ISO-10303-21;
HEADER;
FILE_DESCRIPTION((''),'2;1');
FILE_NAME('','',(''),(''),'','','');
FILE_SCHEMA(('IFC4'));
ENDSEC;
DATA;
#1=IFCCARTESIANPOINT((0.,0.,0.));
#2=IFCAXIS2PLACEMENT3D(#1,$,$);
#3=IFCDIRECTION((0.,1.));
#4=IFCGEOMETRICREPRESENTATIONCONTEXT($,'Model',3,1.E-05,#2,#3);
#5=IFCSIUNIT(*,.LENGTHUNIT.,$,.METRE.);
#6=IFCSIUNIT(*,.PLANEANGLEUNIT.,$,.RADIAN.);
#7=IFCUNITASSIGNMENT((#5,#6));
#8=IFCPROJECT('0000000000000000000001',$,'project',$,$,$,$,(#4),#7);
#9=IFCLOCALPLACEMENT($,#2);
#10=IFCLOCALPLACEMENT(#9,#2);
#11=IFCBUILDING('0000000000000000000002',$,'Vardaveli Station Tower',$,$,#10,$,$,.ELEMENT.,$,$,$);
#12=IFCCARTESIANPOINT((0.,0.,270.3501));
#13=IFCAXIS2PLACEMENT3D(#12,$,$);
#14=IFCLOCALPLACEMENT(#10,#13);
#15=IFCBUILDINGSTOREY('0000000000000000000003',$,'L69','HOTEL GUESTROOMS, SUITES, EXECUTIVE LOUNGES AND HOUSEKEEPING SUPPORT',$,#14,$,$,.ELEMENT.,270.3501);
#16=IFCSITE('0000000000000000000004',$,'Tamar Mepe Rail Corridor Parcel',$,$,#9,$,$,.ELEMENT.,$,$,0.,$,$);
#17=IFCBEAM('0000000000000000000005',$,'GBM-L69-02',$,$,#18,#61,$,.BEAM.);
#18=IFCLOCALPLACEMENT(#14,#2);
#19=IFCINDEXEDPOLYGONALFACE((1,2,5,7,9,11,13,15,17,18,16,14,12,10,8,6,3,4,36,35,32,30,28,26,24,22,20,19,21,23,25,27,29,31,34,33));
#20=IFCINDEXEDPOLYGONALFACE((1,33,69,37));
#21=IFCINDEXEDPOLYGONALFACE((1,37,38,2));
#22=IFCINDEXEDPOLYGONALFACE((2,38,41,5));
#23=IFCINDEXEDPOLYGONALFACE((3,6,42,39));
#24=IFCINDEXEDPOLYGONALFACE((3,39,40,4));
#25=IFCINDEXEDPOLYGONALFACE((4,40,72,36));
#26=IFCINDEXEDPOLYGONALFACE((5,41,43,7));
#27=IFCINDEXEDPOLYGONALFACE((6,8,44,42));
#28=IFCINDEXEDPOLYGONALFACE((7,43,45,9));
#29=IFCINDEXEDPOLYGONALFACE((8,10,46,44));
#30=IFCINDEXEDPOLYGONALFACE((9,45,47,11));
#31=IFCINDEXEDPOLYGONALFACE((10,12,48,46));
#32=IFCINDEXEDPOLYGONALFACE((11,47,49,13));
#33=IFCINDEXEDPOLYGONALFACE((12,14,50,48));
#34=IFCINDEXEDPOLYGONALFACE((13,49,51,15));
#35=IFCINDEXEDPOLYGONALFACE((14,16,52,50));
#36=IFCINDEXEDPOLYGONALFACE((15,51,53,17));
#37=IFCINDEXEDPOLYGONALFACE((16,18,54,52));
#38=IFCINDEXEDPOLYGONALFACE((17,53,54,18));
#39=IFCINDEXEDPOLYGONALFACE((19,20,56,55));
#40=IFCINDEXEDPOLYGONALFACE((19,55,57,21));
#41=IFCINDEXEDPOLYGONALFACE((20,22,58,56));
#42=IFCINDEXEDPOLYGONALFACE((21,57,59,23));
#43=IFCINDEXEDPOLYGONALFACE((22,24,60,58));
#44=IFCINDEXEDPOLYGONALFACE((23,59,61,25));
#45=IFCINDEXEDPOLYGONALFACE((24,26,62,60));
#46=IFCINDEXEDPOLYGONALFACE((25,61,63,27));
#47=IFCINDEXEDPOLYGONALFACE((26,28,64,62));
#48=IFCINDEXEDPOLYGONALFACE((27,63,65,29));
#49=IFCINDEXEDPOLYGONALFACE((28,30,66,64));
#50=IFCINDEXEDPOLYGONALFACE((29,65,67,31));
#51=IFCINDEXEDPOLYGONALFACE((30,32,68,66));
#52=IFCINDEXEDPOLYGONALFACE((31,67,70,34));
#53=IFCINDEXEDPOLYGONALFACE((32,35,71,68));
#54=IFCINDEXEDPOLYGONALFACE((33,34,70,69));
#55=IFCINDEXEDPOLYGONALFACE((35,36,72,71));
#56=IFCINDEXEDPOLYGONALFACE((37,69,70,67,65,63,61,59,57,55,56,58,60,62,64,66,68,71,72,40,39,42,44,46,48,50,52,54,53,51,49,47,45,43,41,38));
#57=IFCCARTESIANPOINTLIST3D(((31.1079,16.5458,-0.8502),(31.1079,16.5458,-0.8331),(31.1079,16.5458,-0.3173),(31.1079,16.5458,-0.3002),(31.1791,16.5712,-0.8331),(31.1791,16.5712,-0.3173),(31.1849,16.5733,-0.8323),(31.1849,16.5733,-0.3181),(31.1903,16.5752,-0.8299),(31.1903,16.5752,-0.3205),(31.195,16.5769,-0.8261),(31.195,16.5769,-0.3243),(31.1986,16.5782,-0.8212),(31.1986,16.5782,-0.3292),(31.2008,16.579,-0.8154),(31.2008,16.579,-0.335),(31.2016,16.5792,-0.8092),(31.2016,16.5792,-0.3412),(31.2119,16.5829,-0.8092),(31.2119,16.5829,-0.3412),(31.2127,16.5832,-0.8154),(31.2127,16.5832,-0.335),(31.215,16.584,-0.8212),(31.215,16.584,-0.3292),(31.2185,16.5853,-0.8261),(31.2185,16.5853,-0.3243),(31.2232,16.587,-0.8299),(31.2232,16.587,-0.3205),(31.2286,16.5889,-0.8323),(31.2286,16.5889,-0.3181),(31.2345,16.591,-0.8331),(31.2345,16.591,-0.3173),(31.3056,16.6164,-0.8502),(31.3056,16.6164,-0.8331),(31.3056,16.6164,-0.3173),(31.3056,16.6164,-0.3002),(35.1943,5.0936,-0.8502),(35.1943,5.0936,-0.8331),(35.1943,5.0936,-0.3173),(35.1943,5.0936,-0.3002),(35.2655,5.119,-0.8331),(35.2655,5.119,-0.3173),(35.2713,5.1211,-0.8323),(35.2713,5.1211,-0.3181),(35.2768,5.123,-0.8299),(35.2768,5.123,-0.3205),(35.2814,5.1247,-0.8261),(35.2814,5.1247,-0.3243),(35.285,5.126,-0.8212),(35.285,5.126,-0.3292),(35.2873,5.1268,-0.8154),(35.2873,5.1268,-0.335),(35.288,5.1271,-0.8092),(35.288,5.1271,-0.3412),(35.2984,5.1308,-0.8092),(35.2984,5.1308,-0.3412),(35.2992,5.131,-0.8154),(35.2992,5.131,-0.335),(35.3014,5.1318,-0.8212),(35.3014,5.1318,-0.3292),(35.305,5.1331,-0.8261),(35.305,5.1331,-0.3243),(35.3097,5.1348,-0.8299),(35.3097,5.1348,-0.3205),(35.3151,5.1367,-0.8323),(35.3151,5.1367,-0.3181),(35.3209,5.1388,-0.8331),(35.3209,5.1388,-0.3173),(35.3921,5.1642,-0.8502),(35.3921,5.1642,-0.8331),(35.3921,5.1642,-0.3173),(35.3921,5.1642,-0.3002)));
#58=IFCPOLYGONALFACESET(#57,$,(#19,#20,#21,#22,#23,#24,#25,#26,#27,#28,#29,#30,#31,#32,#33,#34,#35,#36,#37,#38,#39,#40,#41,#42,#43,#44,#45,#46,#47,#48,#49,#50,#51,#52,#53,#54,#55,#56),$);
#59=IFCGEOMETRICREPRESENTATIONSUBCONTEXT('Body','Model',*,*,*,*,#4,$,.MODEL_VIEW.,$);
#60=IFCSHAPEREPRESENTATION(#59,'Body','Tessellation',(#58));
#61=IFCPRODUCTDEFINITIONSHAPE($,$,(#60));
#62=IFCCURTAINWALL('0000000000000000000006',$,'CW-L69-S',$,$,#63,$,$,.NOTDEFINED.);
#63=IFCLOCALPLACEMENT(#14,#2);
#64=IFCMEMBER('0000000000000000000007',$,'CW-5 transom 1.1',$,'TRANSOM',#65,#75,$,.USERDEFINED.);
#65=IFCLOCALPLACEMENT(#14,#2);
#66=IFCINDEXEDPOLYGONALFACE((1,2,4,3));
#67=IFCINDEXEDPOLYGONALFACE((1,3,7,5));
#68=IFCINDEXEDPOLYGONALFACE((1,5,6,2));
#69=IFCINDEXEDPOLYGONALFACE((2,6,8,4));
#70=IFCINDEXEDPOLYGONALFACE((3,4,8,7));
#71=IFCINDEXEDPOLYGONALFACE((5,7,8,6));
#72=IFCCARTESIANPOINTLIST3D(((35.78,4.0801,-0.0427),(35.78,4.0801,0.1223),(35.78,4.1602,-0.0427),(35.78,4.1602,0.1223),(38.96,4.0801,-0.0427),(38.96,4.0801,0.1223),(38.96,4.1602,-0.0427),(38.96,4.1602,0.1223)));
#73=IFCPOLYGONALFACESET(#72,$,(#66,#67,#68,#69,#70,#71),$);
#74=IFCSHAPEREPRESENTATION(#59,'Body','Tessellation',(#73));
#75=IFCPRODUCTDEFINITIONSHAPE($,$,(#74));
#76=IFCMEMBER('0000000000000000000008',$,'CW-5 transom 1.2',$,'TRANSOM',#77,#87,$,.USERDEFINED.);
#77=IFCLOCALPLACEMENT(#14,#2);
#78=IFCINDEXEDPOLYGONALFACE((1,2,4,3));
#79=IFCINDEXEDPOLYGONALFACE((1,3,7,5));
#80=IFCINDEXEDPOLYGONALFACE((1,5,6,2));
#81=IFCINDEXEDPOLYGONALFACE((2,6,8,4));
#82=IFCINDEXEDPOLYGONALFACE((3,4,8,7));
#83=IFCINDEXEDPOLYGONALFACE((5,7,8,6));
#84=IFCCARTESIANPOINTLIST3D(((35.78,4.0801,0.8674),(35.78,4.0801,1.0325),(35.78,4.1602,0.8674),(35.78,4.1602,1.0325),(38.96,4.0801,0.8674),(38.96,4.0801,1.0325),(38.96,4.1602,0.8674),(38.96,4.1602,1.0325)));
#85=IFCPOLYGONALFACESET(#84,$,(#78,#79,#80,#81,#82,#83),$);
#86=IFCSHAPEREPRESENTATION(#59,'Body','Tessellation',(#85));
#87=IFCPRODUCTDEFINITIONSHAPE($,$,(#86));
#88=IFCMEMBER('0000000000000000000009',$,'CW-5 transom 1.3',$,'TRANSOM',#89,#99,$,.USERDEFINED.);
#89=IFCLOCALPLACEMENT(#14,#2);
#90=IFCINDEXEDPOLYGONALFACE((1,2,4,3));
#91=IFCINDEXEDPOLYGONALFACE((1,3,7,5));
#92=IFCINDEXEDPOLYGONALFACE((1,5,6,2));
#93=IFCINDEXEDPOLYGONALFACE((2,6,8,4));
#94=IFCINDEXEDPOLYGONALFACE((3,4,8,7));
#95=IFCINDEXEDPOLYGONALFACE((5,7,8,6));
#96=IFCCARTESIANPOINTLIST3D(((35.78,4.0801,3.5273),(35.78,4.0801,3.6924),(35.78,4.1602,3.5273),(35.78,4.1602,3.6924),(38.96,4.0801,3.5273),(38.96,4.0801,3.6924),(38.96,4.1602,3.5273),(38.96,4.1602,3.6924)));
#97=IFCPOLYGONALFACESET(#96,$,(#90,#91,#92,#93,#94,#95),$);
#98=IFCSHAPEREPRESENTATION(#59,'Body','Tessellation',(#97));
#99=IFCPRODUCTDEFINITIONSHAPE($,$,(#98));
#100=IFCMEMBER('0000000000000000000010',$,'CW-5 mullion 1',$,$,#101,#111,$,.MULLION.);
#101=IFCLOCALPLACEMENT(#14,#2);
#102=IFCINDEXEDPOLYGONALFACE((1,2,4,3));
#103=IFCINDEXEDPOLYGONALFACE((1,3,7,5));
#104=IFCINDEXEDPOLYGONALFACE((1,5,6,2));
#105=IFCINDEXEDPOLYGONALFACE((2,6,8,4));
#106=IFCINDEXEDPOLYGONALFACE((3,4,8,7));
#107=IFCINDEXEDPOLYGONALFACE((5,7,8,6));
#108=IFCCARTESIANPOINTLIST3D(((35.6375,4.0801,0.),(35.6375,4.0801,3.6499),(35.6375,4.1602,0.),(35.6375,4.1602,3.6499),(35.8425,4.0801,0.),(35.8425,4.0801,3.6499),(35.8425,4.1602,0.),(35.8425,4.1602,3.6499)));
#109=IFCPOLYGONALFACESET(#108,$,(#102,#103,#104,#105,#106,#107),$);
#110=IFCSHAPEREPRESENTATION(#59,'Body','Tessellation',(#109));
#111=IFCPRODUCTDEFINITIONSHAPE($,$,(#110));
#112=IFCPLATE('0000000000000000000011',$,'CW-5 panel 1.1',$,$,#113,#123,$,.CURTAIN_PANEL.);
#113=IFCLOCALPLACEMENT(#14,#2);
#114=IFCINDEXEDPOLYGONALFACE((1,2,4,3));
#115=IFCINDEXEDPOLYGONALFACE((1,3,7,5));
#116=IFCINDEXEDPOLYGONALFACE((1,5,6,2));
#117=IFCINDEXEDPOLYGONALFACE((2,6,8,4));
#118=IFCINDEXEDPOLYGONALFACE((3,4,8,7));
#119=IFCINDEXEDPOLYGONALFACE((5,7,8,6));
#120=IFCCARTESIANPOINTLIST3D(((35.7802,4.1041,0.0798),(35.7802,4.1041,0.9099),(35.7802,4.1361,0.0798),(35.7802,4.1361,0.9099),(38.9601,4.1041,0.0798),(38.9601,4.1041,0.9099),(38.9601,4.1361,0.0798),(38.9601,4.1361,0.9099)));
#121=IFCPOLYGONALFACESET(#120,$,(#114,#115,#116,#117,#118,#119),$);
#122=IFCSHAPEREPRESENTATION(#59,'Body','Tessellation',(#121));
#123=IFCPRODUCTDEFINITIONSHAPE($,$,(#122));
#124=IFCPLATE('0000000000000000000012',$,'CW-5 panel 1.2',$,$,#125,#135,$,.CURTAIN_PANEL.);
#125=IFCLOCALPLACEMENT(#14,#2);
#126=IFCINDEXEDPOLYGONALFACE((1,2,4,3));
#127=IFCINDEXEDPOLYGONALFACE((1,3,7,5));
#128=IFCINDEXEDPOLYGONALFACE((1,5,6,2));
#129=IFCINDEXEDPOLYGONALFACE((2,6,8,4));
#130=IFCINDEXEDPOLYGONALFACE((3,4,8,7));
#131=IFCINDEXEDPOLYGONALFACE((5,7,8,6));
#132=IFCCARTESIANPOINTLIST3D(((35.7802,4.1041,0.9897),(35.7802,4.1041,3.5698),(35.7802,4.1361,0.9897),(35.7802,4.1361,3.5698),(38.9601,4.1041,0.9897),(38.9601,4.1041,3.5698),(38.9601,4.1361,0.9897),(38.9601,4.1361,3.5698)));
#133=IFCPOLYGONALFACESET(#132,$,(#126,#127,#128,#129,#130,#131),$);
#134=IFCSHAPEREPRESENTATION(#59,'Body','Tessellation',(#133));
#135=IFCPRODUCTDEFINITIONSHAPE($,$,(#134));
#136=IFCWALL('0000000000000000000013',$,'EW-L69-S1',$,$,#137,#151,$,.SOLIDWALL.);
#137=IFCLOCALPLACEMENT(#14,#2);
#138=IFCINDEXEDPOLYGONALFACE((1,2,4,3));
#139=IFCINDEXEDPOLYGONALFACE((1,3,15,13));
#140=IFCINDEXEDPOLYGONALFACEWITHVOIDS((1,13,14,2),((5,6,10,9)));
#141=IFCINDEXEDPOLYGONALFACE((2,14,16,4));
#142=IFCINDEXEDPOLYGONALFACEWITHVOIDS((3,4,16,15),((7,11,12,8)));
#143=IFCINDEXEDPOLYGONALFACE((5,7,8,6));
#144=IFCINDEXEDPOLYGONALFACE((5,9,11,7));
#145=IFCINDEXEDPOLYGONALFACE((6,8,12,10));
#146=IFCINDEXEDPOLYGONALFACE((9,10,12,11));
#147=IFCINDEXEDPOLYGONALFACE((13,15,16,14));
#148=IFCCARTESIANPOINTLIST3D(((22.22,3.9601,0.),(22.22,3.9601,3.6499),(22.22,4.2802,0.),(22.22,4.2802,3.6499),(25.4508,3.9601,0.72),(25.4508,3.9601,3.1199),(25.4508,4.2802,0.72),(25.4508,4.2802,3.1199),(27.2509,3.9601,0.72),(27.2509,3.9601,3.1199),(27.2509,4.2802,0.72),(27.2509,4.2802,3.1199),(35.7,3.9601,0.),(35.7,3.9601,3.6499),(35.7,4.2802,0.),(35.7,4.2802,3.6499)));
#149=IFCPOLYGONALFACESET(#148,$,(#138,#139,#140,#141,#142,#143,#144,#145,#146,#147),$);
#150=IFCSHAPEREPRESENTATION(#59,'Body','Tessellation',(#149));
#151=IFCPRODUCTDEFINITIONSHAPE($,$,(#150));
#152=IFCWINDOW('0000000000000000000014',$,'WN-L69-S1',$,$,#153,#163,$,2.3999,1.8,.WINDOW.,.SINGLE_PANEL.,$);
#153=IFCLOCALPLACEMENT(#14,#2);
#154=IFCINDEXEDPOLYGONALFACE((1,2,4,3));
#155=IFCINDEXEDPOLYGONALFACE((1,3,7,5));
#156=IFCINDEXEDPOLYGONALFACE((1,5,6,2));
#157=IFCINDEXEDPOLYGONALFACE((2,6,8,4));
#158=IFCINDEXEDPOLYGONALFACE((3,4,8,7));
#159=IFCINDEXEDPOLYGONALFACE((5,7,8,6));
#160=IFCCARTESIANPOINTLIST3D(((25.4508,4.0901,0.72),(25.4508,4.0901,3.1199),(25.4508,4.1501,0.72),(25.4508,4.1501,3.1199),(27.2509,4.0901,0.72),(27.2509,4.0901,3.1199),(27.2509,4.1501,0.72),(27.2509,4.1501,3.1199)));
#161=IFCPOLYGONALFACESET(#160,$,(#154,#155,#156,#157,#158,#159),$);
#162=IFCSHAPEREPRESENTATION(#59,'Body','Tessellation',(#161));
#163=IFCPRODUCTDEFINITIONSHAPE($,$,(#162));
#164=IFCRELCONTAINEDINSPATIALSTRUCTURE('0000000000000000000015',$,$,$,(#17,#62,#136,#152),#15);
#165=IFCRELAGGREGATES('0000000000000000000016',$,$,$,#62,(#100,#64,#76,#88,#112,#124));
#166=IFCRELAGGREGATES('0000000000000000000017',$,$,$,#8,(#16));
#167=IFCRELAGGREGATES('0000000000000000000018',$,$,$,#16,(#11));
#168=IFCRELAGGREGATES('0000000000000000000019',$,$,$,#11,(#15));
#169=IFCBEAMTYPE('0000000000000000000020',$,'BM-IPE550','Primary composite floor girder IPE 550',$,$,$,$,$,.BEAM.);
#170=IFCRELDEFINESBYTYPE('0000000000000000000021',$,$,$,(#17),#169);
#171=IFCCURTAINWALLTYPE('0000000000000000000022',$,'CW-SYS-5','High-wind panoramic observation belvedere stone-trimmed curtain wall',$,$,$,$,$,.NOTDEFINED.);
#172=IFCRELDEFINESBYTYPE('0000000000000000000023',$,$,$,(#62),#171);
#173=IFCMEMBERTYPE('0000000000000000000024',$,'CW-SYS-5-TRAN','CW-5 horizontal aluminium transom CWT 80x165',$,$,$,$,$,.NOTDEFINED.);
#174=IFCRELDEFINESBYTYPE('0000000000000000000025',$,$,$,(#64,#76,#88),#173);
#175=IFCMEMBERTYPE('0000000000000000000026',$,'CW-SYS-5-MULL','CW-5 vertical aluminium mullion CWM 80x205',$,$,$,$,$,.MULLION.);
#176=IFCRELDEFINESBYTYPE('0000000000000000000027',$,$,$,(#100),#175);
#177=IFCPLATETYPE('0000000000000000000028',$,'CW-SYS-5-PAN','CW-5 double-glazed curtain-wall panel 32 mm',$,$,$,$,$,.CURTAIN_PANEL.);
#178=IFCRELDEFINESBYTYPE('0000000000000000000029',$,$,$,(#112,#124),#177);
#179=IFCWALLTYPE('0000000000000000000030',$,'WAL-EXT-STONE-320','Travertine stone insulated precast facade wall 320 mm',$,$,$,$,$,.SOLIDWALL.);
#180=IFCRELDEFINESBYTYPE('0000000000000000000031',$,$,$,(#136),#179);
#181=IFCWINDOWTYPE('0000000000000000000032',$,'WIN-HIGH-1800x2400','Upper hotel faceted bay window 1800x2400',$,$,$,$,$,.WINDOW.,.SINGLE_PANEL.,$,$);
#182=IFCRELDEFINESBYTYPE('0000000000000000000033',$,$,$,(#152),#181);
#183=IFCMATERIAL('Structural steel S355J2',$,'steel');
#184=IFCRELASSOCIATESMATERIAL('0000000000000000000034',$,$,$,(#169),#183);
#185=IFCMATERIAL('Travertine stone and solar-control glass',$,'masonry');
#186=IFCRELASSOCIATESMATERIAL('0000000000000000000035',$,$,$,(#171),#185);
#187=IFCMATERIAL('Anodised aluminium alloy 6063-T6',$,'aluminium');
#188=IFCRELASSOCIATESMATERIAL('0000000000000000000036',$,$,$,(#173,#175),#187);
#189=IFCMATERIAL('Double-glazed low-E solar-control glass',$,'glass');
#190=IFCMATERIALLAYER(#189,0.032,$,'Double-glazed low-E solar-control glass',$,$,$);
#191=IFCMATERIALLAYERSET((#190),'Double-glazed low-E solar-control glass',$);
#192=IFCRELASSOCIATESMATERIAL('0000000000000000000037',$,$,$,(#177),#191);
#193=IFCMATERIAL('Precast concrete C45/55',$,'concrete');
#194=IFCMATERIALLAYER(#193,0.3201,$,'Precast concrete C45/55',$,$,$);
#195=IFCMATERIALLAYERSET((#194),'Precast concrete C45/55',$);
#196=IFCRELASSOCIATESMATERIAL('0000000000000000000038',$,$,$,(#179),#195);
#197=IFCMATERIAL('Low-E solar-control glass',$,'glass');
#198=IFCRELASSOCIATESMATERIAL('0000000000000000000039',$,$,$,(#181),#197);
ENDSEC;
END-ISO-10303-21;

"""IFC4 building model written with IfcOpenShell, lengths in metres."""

from ifc_helpers import new_model, si_unit, direction, frame, frame_2d, origin, origin_2d, place, context, subcontext, project, spatial, rectangle, i_section, extrude, source, transform, mapped, material, layer, layer_set, material_profile, profile_set, type_object, element, fill, aggregate, save


model = new_model("IFC4")

# Units and contexts
model_context = context("Model", 3, precision=1e-05, world=origin(), true_north=direction((0.0, 1.0)))
body_context = subcontext(model_context, "Body", "Model", "MODEL_VIEW")
ifc_project = project(units=[si_unit("LENGTHUNIT", "METRE"), si_unit("PLANEANGLEUNIT", "RADIAN")], contexts=[model_context])

# Site, building, storey
site_placement = place(None, origin())
site = spatial("IfcSite", under=ifc_project, at=site_placement, Name="Tamar Mepe Rail Corridor Parcel", CompositionType="ELEMENT", RefElevation=0.0)
building_placement = place(site_placement, origin())
building = spatial("IfcBuilding", under=site, at=building_placement, Name="Vardaveli Station Tower", CompositionType="ELEMENT")
storey_placement = place(building_placement, frame((0.0, 0.0, 270.3501)))
storey = spatial("IfcBuildingStorey", under=building, at=storey_placement, Name="L69", Description="HOTEL GUESTROOMS, SUITES, EXECUTIVE LOUNGES AND HOUSEKEEPING SUPPORT", CompositionType="ELEMENT", Elevation=270.3501)

# Beam
ifc_material_1 = material(Name="Precast concrete C45/55", Category="concrete")
ifc_material_2 = material(Name="Structural steel S355J2", Category="steel")
ifc_material_profile_1 = material_profile(ifc_material_2, i_section(OverallWidth=0.21, OverallDepth=0.55, WebThickness=0.011, FlangeThickness=0.0171, FilletRadius=0.0239, at=origin_2d()), Name="IPE 550")
ifc_profile_set_1 = profile_set([ifc_material_profile_1], Name="Structural steel S355J2")
beam_type_1 = type_object("IfcBeamType", Name="BM-IPE550", Description="Primary composite floor girder IPE 550", PredefinedType="BEAM", material=ifc_profile_set_1)
shared_shape_1 = source(origin(), body_context, "Body", "SweptSolid", [
    extrude(i_section(OverallWidth=0.21, OverallDepth=0.55, WebThickness=0.011, FlangeThickness=0.0171, FilletRadius=0.0239, at=origin_2d()), origin(), (0.0, 0.0, 1.0), 12.1594),
])
beam_1_placement = place(storey_placement, frame((35.2932, 5.1289, -0.5752), z_axis=(-0.336072, 0.941836, 0.0), x_axis=(-0.941836, -0.336072, 0.0)))
element("IfcBeam", 1, at=beam_1_placement, inside=storey, type_object=beam_type_1, Name="GBM-L69-02", PredefinedType="BEAM", context=body_context, shape_type="MappedRepresentation", body=[
    mapped(shared_shape_1, transform((0.0, 0.0, 0.0), scale=1.0)),
])

# Curtain wall, members, plates
ifc_material_3 = material(Name="Travertine stone and solar-control glass", Category="masonry")
curtain_wall_type = type_object("IfcCurtainWallType", Name="CW-SYS-5", Description="High-wind panoramic observation belvedere stone-trimmed curtain wall", PredefinedType="NOTDEFINED", material=ifc_material_3)
curtain_wall_placement = place(storey_placement, origin())
curtain_wall = element("IfcCurtainWall", 2, at=curtain_wall_placement, inside=storey, type_object=curtain_wall_type, Name="CW-L69-S", PredefinedType="NOTDEFINED")
ifc_material_4 = material(Name="Anodised aluminium alloy 6063-T6", Category="aluminium")
ifc_material_profile_2 = material_profile(ifc_material_4, rectangle(XDim=0.0801, YDim=0.165, at=origin_2d()), Name="CWT 80x165")
ifc_profile_set_2 = profile_set([ifc_material_profile_2], Name="Anodised aluminium alloy 6063-T6")
member_type_1 = type_object("IfcMemberType", Name="CW-SYS-5-TRAN", Description="CW-5 horizontal aluminium transom CWT 80x165", PredefinedType="NOTDEFINED", material=ifc_profile_set_2)
shared_shape_2 = source(origin(), body_context, "Body", "SweptSolid", [
    extrude(rectangle(XDim=0.0801, YDim=0.165, at=origin_2d()), origin(), (0.0, 0.0, 1.0), 3.1799),
])
member_1_placement = place(storey_placement, frame((35.78, 4.1201, 0.0398), z_axis=(1.0, 0.0, 0.0), x_axis=(0.0, 1.0, 0.0)))
member_1 = element("IfcMember", 3, at=member_1_placement, type_object=member_type_1, Name="CW-5 transom 1.1", ObjectType="TRANSOM", PredefinedType="USERDEFINED", context=body_context, shape_type="MappedRepresentation", body=[
    mapped(shared_shape_2, transform((0.0, 0.0, 0.0), scale=1.0)),
])
member_2_placement = place(storey_placement, frame((35.78, 4.1201, 0.95), z_axis=(1.0, 0.0, 0.0), x_axis=(0.0, 1.0, 0.0)))
member_2 = element("IfcMember", 4, at=member_2_placement, type_object=member_type_1, Name="CW-5 transom 1.2", ObjectType="TRANSOM", PredefinedType="USERDEFINED", context=body_context, shape_type="MappedRepresentation", body=[
    mapped(shared_shape_2, transform((0.0, 0.0, 0.0), scale=1.0)),
])
member_3_placement = place(storey_placement, frame((35.78, 4.1201, 3.6099), z_axis=(1.0, 0.0, 0.0), x_axis=(0.0, 1.0, 0.0)))
member_3 = element("IfcMember", 5, at=member_3_placement, type_object=member_type_1, Name="CW-5 transom 1.3", ObjectType="TRANSOM", PredefinedType="USERDEFINED", context=body_context, shape_type="MappedRepresentation", body=[
    mapped(shared_shape_2, transform((0.0, 0.0, 0.0), scale=1.0)),
])
ifc_material_profile_3 = material_profile(ifc_material_4, rectangle(XDim=0.0801, YDim=0.2051, at=origin_2d()), Name="CWM 80x205")
ifc_profile_set_3 = profile_set([ifc_material_profile_3], Name="Anodised aluminium alloy 6063-T6")
member_type_2 = type_object("IfcMemberType", Name="CW-SYS-5-MULL", Description="CW-5 vertical aluminium mullion CWM 80x205", PredefinedType="MULLION", material=ifc_profile_set_3)
shared_shape_3 = source(origin(), body_context, "Body", "SweptSolid", [
    extrude(rectangle(XDim=0.0801, YDim=0.2051, at=origin_2d()), origin(), (0.0, 0.0, 1.0), 3.6499),
])
member_4_placement = place(storey_placement, frame((35.74, 4.1201, 0.0), z_axis=(0.0, 0.0, 1.0), x_axis=(0.0, 1.0, 0.0)))
member_4 = element("IfcMember", 6, at=member_4_placement, type_object=member_type_2, Name="CW-5 mullion 1", PredefinedType="MULLION", context=body_context, shape_type="MappedRepresentation", body=[
    mapped(shared_shape_3, transform((0.0, 0.0, 0.0), scale=1.0)),
])
ifc_material_5 = material(Name="Double-glazed low-E solar-control glass", Category="glass")
ifc_layer_1 = layer(ifc_material_5, 0.032, Name="Double-glazed low-E solar-control glass")
ifc_layer_set_1 = layer_set([ifc_layer_1], Name="Double-glazed low-E solar-control glass")
plate_type = type_object("IfcPlateType", Name="CW-SYS-5-PAN", Description="CW-5 double-glazed curtain-wall panel 32 mm", PredefinedType="CURTAIN_PANEL", material=ifc_layer_set_1)
shared_shape_4 = source(origin(), body_context, "Body", "SweptSolid", [
    extrude(rectangle(XDim=3.1799, YDim=0.032, at=origin_2d()), origin(), (0.0, 0.0, 1.0), 0.8301),
])
plate_1_placement = place(storey_placement, frame((37.3701, 4.1201, 0.0798), z_axis=(0.0, 0.0, 1.0), x_axis=(1.0, 0.0, 0.0)))
plate_1 = element("IfcPlate", 7, at=plate_1_placement, type_object=plate_type, Name="CW-5 panel 1.1", PredefinedType="CURTAIN_PANEL", context=body_context, shape_type="MappedRepresentation", body=[
    mapped(shared_shape_4, transform((0.0, 0.0, 0.0), scale=1.0)),
])
shared_shape_5 = source(origin(), body_context, "Body", "SweptSolid", [
    extrude(rectangle(XDim=3.1799, YDim=0.032, at=origin_2d()), origin(), (0.0, 0.0, 1.0), 2.5801),
])
plate_2_placement = place(storey_placement, frame((37.3701, 4.1201, 0.9897), z_axis=(0.0, 0.0, 1.0), x_axis=(1.0, 0.0, 0.0)))
plate_2 = element("IfcPlate", 8, at=plate_2_placement, type_object=plate_type, Name="CW-5 panel 1.2", PredefinedType="CURTAIN_PANEL", context=body_context, shape_type="MappedRepresentation", body=[
    mapped(shared_shape_5, transform((0.0, 0.0, 0.0), scale=1.0)),
])
aggregate(curtain_wall, [member_4, member_1, member_2, member_3, plate_1, plate_2])

# Wall, opening, window
ifc_layer_2 = layer(ifc_material_1, 0.3201, Name="Precast concrete C45/55")
ifc_layer_set_2 = layer_set([ifc_layer_2], Name="Precast concrete C45/55")
wall_type_1 = type_object("IfcWallType", Name="WAL-EXT-STONE-320", Description="Travertine stone insulated precast facade wall 320 mm", PredefinedType="SOLIDWALL", material=ifc_layer_set_2)
shared_shape_6 = source(origin(), body_context, "Body", "SweptSolid", [
    extrude(rectangle(XDim=13.48, YDim=0.3201, at=frame_2d((6.74, 0.0))), origin(), (0.0, 0.0, 1.0), 3.6499),
])
wall_1_placement = place(storey_placement, frame((22.22, 4.1201, 0.0), z_axis=(0.0, 0.0, 1.0), x_axis=(1.0, 0.0, 0.0)))
wall_1 = element("IfcWall", 9, at=wall_1_placement, inside=storey, type_object=wall_type_1, Name="EW-L69-S1", PredefinedType="SOLIDWALL", context=body_context, shape_type="MappedRepresentation", body=[
    mapped(shared_shape_6, transform((0.0, 0.0, 0.0), scale=1.0)),
])
shared_shape_7 = source(origin(), body_context, "Body", "SweptSolid", [
    extrude(rectangle(XDim=1.8, YDim=2.3999, at=frame_2d((0.8999, 1.2))), frame((0.0, 0.1699, 0.0), z_axis=(0.0, -1.0, 0.0), x_axis=(1.0, 0.0, 0.0)), (0.0, 0.0, 1.0), 0.3401),
])
opening_placement = place(wall_1_placement, frame((3.231, 0.0, 0.72)))
opening = element("IfcOpeningElement", 10, at=opening_placement, cuts=wall_1, PredefinedType="OPENING", context=body_context, shape_type="MappedRepresentation", body=[
    mapped(shared_shape_7, transform((0.0, 0.0, 0.0), scale=1.0)),
])
ifc_material_6 = material(Name="Low-E solar-control glass", Category="glass")
window_type = type_object("IfcWindowType", Name="WIN-HIGH-1800x2400", Description="Upper hotel faceted bay window 1800x2400", PartitioningType="SINGLE_PANEL", PredefinedType="WINDOW", material=ifc_material_6)
shared_shape_8 = source(origin(), body_context, "Body", "SweptSolid", [
    extrude(rectangle(XDim=1.8, YDim=2.3999, at=frame_2d((0.8999, 1.2))), frame((0.0, 0.03, 0.0), z_axis=(0.0, -1.0, 0.0), x_axis=(1.0, 0.0, 0.0)), (0.0, 0.0, 1.0), 0.0601),
])
window_placement = place(opening_placement, origin())
window = element("IfcWindow", 11, at=window_placement, inside=storey, type_object=window_type, Name="WN-L69-S1", OverallHeight=2.3999, OverallWidth=1.8, PartitioningType="SINGLE_PANEL", PredefinedType="WINDOW", context=body_context, shape_type="MappedRepresentation", body=[
    mapped(shared_shape_8, transform((0.0, 0.0, 0.0), scale=1.0)),
])
fill(opening, window)

save(model, "model.ifc")
